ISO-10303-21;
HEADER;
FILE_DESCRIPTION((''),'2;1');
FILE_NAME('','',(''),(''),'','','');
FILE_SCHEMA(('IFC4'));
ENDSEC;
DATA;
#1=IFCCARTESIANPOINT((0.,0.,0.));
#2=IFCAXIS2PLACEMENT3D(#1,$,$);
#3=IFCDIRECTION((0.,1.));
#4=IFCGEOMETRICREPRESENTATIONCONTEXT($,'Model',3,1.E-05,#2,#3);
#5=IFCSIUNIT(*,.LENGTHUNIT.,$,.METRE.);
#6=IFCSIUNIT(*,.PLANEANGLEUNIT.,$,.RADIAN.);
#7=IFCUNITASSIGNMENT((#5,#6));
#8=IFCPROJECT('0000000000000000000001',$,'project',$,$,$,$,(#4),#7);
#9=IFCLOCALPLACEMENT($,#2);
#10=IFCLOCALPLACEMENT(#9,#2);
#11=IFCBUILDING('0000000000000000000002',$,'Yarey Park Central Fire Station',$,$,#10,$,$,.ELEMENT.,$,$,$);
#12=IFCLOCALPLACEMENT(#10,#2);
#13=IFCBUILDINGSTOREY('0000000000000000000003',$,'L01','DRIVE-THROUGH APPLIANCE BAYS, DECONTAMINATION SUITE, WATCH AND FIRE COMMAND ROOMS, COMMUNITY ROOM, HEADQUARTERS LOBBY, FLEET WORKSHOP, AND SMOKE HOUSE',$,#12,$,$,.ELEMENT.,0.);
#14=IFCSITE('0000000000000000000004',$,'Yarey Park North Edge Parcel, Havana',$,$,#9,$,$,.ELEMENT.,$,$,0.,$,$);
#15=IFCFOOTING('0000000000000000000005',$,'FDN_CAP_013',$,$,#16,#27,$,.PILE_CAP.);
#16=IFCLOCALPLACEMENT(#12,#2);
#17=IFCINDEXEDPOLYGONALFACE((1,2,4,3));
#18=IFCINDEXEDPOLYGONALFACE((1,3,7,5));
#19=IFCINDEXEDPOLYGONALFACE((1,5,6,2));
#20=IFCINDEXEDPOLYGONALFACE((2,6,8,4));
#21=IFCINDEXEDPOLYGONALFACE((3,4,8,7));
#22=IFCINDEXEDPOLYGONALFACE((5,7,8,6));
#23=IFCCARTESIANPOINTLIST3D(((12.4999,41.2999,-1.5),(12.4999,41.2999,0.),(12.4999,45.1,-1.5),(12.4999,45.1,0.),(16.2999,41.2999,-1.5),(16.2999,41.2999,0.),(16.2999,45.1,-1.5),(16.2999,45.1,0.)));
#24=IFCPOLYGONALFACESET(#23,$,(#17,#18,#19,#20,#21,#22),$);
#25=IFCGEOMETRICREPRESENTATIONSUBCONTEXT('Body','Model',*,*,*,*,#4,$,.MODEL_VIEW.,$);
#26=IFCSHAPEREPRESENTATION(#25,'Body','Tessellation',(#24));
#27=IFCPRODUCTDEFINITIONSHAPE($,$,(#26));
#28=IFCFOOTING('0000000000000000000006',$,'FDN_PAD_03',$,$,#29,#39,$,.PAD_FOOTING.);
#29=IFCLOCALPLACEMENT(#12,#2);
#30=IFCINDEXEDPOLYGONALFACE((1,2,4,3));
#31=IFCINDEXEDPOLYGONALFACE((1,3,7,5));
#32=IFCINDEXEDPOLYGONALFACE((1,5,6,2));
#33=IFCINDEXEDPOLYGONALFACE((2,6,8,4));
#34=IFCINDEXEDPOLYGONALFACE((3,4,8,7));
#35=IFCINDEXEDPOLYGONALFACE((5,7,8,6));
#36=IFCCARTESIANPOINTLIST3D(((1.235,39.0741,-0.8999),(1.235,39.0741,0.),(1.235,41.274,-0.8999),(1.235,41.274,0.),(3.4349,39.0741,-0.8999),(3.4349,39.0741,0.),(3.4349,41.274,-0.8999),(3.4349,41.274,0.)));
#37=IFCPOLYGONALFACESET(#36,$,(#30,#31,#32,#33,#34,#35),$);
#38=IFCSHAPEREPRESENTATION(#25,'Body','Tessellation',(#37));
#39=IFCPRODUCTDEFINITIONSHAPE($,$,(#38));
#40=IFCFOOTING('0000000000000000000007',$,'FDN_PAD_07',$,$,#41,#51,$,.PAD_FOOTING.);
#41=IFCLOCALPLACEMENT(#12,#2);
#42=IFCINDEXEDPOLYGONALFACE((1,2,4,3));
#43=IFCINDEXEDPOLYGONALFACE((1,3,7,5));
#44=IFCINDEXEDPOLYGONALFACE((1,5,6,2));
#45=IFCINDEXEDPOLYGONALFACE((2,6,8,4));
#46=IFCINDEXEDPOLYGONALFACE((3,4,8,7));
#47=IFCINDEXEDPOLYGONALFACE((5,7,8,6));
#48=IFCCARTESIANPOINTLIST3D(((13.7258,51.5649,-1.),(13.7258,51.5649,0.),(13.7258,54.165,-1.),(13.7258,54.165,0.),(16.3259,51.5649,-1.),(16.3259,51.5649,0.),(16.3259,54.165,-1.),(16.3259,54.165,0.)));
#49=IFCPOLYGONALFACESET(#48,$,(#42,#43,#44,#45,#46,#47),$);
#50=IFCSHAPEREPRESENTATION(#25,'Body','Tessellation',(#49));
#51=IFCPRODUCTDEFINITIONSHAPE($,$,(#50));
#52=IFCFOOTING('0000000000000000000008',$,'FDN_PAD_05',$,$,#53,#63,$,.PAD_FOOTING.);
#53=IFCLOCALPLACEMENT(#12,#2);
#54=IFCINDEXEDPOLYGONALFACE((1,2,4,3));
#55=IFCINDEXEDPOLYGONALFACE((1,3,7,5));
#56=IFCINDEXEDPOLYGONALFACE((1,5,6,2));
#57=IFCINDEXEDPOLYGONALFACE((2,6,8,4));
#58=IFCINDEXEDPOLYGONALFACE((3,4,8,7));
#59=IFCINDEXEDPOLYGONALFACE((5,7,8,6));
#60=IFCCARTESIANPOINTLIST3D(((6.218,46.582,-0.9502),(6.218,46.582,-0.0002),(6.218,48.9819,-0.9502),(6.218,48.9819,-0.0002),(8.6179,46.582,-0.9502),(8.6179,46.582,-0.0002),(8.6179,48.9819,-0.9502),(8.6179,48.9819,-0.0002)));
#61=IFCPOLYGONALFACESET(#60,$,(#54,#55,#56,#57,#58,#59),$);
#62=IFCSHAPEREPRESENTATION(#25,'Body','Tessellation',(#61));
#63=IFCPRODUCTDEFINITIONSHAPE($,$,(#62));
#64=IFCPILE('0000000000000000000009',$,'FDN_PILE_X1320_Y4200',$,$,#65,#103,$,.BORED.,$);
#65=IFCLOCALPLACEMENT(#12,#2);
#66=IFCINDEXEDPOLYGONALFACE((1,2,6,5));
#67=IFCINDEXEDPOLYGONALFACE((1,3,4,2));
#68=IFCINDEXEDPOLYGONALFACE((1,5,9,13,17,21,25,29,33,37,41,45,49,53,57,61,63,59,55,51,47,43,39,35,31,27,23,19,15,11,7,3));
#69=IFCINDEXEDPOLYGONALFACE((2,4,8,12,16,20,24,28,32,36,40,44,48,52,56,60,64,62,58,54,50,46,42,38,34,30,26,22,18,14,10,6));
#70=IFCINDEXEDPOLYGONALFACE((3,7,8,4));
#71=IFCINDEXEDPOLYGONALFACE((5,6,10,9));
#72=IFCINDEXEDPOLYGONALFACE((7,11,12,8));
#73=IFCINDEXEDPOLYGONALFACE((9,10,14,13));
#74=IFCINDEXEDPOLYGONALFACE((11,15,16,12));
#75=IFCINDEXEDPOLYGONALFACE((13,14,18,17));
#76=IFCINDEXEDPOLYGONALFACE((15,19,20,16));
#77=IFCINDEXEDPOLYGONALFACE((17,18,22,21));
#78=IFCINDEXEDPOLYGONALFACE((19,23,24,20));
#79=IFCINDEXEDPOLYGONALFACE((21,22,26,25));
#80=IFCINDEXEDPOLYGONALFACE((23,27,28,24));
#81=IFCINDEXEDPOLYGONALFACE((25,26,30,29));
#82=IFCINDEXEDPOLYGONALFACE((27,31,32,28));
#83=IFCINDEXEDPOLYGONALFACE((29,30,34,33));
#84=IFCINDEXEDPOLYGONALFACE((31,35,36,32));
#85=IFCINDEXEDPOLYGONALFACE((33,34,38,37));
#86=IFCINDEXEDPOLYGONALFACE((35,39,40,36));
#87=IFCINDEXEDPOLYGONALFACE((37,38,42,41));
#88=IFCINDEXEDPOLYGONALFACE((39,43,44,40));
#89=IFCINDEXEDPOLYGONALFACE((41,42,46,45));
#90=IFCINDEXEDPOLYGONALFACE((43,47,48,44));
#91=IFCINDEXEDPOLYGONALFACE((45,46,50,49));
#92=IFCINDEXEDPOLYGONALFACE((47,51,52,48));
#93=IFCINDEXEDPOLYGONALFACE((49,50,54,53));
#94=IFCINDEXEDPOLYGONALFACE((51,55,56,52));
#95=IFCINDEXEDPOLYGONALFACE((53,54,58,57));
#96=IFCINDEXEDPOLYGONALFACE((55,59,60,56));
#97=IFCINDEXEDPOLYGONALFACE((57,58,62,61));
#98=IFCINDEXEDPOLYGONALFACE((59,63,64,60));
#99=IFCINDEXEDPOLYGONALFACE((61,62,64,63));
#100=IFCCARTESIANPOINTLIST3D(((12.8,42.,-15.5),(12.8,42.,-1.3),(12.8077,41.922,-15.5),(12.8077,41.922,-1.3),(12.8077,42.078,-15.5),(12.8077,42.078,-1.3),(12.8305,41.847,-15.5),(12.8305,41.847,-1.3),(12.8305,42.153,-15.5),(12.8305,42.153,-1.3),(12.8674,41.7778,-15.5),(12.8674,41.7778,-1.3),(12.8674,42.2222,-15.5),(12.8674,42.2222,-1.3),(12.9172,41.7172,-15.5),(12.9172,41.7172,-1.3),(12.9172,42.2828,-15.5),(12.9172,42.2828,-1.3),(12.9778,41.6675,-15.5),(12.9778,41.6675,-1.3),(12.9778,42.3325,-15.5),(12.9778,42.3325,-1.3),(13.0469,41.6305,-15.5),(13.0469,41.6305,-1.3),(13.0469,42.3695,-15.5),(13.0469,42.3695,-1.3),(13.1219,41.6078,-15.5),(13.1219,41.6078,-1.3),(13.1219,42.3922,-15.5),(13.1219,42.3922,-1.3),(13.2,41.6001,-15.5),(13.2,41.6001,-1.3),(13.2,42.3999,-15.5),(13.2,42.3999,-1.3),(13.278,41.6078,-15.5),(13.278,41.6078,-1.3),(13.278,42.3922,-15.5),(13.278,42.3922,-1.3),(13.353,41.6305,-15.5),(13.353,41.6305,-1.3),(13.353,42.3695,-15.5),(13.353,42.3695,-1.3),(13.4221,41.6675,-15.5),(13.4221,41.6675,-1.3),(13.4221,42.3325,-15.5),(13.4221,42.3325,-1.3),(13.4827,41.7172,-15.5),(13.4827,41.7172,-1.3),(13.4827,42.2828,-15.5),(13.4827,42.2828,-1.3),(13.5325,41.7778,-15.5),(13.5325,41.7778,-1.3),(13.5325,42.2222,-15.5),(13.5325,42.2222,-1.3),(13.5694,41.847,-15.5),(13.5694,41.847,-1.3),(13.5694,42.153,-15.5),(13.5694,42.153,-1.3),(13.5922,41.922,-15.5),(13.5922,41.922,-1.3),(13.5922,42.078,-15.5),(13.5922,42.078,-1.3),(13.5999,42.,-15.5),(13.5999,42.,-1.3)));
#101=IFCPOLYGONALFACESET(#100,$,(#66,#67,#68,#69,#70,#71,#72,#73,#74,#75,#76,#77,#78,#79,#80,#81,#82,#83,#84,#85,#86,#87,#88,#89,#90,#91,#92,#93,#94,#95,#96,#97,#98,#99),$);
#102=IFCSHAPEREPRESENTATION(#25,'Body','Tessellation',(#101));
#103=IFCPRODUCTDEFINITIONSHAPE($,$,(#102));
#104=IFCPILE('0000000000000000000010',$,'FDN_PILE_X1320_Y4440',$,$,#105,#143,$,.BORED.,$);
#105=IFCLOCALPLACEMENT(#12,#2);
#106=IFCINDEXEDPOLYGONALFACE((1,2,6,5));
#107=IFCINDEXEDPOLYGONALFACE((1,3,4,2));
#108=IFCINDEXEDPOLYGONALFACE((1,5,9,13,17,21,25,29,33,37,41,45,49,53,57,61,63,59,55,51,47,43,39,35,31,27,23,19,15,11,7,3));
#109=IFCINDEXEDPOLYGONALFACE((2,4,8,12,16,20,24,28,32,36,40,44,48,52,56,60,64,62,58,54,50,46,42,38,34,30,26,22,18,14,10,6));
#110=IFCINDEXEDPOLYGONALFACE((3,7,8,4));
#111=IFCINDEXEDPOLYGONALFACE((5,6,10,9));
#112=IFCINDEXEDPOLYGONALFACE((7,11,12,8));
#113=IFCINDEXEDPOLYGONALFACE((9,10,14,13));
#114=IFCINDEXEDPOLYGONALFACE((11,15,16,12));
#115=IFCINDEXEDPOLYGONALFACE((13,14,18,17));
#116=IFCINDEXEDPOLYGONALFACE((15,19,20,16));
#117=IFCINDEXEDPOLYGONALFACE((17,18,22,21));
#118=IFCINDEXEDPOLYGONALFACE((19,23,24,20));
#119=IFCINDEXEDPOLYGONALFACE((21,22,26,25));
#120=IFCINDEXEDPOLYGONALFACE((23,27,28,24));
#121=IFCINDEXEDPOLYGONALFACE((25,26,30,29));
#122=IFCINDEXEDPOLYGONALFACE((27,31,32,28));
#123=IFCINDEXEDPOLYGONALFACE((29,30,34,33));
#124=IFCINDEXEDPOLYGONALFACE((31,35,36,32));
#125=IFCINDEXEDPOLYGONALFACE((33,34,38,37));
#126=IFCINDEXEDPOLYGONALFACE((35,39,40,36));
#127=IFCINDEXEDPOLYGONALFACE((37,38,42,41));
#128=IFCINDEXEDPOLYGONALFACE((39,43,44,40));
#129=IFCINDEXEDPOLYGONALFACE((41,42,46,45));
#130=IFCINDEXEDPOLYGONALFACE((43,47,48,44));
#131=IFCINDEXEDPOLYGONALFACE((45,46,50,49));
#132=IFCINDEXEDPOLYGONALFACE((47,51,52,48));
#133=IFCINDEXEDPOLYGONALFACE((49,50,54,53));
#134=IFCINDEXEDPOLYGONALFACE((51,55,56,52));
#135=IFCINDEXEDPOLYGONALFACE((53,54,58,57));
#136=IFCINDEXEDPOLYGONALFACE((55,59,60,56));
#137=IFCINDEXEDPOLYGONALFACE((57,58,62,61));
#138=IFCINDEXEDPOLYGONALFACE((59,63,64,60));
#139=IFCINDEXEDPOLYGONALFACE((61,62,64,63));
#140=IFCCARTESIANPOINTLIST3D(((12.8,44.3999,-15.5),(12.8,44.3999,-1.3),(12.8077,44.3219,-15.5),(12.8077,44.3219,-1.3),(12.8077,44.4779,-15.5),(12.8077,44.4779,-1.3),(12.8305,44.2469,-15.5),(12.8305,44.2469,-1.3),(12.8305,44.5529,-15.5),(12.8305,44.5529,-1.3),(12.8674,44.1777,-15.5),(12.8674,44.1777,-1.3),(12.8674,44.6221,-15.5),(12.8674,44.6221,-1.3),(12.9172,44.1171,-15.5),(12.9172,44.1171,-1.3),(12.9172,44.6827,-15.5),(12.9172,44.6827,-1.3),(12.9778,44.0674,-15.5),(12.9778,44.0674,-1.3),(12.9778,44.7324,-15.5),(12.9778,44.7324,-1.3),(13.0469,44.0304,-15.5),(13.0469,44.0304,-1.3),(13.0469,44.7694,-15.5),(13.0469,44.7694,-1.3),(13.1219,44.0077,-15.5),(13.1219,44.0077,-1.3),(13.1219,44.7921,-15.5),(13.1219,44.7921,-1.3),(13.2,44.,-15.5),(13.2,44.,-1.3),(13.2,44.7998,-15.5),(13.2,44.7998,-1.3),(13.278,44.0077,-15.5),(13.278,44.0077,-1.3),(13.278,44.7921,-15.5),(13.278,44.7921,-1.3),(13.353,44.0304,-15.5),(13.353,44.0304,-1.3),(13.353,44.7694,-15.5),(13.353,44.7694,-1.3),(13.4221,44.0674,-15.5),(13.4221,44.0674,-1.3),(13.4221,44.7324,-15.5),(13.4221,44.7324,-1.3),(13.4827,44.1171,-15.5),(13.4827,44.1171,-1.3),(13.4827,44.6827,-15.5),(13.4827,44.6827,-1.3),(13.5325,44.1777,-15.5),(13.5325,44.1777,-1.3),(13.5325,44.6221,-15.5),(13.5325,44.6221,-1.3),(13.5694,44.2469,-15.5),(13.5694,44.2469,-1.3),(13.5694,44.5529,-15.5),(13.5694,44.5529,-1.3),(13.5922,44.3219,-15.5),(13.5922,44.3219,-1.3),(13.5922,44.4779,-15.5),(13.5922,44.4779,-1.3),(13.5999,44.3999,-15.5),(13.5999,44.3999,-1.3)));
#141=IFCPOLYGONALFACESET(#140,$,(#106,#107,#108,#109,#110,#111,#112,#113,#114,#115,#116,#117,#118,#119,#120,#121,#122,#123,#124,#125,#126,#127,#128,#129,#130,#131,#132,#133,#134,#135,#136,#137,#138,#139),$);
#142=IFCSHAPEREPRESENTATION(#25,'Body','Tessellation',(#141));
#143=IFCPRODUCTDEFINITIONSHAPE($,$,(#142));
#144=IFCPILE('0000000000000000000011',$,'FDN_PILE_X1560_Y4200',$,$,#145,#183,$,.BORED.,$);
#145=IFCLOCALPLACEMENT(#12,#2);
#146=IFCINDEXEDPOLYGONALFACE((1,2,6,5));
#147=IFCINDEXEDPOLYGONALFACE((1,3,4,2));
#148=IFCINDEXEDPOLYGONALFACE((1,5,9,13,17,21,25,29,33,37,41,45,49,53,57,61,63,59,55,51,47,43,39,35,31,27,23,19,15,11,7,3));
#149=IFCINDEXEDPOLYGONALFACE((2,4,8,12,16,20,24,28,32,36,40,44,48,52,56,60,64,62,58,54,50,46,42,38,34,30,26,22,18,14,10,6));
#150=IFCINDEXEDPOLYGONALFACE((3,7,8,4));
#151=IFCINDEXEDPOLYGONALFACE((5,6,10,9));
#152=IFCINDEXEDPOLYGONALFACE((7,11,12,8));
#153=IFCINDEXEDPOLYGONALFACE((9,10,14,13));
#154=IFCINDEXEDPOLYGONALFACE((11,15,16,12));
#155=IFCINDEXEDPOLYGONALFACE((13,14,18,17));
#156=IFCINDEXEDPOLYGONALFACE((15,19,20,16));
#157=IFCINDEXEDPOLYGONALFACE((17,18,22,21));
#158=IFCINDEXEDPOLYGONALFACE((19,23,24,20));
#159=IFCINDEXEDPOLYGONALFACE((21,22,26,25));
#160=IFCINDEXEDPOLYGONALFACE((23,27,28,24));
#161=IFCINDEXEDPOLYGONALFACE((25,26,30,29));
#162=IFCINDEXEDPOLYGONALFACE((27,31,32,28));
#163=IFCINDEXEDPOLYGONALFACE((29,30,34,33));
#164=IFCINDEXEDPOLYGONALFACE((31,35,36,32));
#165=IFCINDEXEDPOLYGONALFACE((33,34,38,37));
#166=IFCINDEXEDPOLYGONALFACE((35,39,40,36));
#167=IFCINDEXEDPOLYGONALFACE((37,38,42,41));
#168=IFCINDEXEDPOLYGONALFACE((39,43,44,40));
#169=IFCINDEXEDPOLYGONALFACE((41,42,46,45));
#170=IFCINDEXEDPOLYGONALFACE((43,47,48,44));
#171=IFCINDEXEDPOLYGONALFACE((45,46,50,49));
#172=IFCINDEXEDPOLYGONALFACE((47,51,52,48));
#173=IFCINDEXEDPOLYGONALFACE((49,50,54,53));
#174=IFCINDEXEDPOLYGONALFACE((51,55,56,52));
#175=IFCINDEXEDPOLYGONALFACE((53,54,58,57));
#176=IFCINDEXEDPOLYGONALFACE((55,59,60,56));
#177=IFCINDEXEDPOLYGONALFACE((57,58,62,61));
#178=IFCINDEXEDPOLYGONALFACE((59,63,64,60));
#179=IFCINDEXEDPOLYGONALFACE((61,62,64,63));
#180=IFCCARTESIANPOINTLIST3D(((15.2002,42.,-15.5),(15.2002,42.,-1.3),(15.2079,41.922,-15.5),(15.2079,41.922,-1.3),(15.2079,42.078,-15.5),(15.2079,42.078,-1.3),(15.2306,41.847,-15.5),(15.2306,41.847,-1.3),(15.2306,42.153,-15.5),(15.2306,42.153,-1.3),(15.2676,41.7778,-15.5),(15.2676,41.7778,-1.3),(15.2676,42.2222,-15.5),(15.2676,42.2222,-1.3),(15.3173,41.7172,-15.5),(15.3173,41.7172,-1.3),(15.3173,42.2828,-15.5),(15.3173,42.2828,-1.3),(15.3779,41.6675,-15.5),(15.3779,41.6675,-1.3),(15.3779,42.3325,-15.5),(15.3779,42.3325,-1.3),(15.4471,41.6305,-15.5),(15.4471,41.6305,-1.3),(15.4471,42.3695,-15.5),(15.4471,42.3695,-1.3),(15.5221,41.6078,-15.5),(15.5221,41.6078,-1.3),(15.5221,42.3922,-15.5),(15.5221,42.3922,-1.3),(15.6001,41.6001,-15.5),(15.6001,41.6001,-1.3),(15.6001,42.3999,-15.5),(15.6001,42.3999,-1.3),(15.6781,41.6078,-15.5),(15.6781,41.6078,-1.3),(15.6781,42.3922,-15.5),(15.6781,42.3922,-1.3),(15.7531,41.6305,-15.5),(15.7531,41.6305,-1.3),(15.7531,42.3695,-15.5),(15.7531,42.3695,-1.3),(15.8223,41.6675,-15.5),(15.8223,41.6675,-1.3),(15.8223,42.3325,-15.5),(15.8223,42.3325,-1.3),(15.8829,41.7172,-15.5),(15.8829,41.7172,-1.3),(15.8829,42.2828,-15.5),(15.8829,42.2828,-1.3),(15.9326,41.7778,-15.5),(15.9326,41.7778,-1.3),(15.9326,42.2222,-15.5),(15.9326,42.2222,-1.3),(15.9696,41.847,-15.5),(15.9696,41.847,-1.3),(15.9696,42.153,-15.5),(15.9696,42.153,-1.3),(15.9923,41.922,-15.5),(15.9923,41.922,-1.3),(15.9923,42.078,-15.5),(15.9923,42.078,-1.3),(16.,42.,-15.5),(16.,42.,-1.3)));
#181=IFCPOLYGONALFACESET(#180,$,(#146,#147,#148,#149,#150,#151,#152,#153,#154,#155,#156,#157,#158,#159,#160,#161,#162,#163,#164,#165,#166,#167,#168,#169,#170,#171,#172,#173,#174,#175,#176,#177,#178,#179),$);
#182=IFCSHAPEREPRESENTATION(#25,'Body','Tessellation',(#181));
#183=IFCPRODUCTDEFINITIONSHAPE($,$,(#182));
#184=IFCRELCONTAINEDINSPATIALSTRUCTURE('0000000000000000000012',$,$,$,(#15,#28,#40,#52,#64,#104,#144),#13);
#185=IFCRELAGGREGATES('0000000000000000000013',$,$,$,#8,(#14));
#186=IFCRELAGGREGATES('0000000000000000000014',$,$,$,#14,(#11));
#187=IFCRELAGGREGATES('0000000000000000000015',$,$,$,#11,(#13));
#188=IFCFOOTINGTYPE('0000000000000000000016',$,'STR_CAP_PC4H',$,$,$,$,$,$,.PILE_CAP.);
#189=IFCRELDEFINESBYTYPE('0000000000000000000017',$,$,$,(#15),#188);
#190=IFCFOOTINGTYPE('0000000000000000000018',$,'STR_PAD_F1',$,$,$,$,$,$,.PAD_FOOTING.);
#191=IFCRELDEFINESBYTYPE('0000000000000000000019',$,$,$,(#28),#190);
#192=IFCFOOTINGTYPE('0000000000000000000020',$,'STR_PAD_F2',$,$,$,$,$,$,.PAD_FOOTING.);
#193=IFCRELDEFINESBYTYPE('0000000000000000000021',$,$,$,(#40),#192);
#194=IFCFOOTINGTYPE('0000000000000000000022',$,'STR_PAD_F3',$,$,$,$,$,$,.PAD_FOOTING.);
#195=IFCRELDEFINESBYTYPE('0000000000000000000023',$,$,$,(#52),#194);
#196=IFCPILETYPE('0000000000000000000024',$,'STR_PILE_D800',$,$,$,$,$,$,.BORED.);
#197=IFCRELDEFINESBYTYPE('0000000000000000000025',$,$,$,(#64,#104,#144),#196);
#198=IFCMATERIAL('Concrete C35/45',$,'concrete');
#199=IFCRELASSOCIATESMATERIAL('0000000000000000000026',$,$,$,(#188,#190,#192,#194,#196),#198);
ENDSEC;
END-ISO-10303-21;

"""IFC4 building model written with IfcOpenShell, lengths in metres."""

from ifc_helpers import new_model, si_unit, direction, frame, origin, origin_2d, place, context, subcontext, project, spatial, rectangle, circle, extrude, material, material_profile, profile_set, type_object, element, save


model = new_model("IFC4")

# Units and contexts
model_context = context("Model", 3, precision=1e-05, world=origin(), true_north=direction((0.0, 1.0)))
body_context = subcontext(model_context, "Body", "Model", "MODEL_VIEW")
ifc_project = project(units=[si_unit("LENGTHUNIT", "METRE"), si_unit("PLANEANGLEUNIT", "RADIAN")], contexts=[model_context])

# Site, building, storey
site_placement = place(None, origin())
site = spatial("IfcSite", under=ifc_project, at=site_placement, Name="Yarey Park North Edge Parcel, Havana", CompositionType="ELEMENT", RefElevation=0.0)
building_placement = place(site_placement, origin())
building = spatial("IfcBuilding", under=site, at=building_placement, Name="Yarey Park Central Fire Station", CompositionType="ELEMENT")
storey_placement = place(building_placement, origin())
storey = spatial("IfcBuildingStorey", under=building, at=storey_placement, Name="L01", Description="DRIVE-THROUGH APPLIANCE BAYS, DECONTAMINATION SUITE, WATCH AND FIRE COMMAND ROOMS, COMMUNITY ROOM, HEADQUARTERS LOBBY, FLEET WORKSHOP, AND SMOKE HOUSE", CompositionType="ELEMENT", Elevation=0.0)

# Footings
ifc_material_1 = material(Name="Concrete C35/45", Category="concrete")
footing_type_1 = type_object("IfcFootingType", Name="STR_CAP_PC4H", PredefinedType="PILE_CAP", material=ifc_material_1)
footing_1_placement = place(storey_placement, frame((14.3999, 43.2, -1.5), z_axis=(0.0, 0.0, 1.0), x_axis=(1.0, 0.0, 0.0)))
element("IfcFooting", 1, at=footing_1_placement, inside=storey, type_object=footing_type_1, Name="FDN_CAP_013", PredefinedType="PILE_CAP", context=body_context, shape_type="SweptSolid", body=[
    extrude(rectangle(XDim=3.8, YDim=3.8, at=origin_2d()), origin(), (0.0, 0.0, 1.0), 1.5),
])
footing_type_2 = type_object("IfcFootingType", Name="STR_PAD_F1", PredefinedType="PAD_FOOTING", material=ifc_material_1)
footing_2_placement = place(storey_placement, frame((2.335, 40.1741, -0.8999), z_axis=(0.0, 0.0, 1.0), x_axis=(1.0, 0.0, 0.0)))
element("IfcFooting", 2, at=footing_2_placement, inside=storey, type_object=footing_type_2, Name="FDN_PAD_03", PredefinedType="PAD_FOOTING", context=body_context, shape_type="SweptSolid", body=[
    extrude(rectangle(XDim=2.2, YDim=2.2, at=origin_2d()), origin(), (0.0, 0.0, 1.0), 0.8999),
])
footing_type_3 = type_object("IfcFootingType", Name="STR_PAD_F2", PredefinedType="PAD_FOOTING", material=ifc_material_1)
footing_3_placement = place(storey_placement, frame((15.0259, 52.865, -1.0), z_axis=(0.0, 0.0, 1.0), x_axis=(1.0, 0.0, 0.0)))
element("IfcFooting", 3, at=footing_3_placement, inside=storey, type_object=footing_type_3, Name="FDN_PAD_07", PredefinedType="PAD_FOOTING", context=body_context, shape_type="SweptSolid", body=[
    extrude(rectangle(XDim=2.6001, YDim=2.6001, at=origin_2d()), origin(), (0.0, 0.0, 1.0), 1.0),
])
footing_type_4 = type_object("IfcFootingType", Name="STR_PAD_F3", PredefinedType="PAD_FOOTING", material=ifc_material_1)
footing_4_placement = place(storey_placement, frame((7.418, 47.782, -0.9502), z_axis=(0.0, 0.0, 1.0), x_axis=(1.0, 0.0, 0.0)))
element("IfcFooting", 4, at=footing_4_placement, inside=storey, type_object=footing_type_4, Name="FDN_PAD_05", PredefinedType="PAD_FOOTING", context=body_context, shape_type="SweptSolid", body=[
    extrude(rectangle(XDim=2.3999, YDim=2.3999, at=origin_2d()), origin(), (0.0, 0.0, 1.0), 0.95),
])

# Piles
ifc_material_profile_1 = material_profile(ifc_material_1, circle(Radius=0.3999, at=origin_2d()), Name="BORED PILE D800")
ifc_profile_set_1 = profile_set([ifc_material_profile_1], Name="Concrete C35/45")
pile_type = type_object("IfcPileType", Name="STR_PILE_D800", PredefinedType="BORED", material=ifc_profile_set_1)
for number, where, z_axis, x_axis, name in (
    (5, (13.2, 42.0, -1.3), (0.0, 0.0, -1.0), (1.0, 0.0, 0.0), "FDN_PILE_X1320_Y4200"),
    (6, (13.2, 44.3999, -1.3), (0.0, 0.0, -1.0), (1.0, 0.0, 0.0), "FDN_PILE_X1320_Y4440"),
    (7, (15.6001, 42.0, -1.3), (0.0, 0.0, -1.0), (1.0, 0.0, 0.0), "FDN_PILE_X1560_Y4200"),
):
    element("IfcPile", number, at=place(storey_placement, frame(where, z_axis=z_axis, x_axis=x_axis)), inside=storey, type_object=pile_type, Name=name, PredefinedType="BORED", context=body_context, shape_type="SweptSolid", body=[
        extrude(circle(Radius=0.3999, at=origin_2d()), origin(), (0.0, 0.0, 1.0), 14.2),
    ])

save(model, "model.ifc")
